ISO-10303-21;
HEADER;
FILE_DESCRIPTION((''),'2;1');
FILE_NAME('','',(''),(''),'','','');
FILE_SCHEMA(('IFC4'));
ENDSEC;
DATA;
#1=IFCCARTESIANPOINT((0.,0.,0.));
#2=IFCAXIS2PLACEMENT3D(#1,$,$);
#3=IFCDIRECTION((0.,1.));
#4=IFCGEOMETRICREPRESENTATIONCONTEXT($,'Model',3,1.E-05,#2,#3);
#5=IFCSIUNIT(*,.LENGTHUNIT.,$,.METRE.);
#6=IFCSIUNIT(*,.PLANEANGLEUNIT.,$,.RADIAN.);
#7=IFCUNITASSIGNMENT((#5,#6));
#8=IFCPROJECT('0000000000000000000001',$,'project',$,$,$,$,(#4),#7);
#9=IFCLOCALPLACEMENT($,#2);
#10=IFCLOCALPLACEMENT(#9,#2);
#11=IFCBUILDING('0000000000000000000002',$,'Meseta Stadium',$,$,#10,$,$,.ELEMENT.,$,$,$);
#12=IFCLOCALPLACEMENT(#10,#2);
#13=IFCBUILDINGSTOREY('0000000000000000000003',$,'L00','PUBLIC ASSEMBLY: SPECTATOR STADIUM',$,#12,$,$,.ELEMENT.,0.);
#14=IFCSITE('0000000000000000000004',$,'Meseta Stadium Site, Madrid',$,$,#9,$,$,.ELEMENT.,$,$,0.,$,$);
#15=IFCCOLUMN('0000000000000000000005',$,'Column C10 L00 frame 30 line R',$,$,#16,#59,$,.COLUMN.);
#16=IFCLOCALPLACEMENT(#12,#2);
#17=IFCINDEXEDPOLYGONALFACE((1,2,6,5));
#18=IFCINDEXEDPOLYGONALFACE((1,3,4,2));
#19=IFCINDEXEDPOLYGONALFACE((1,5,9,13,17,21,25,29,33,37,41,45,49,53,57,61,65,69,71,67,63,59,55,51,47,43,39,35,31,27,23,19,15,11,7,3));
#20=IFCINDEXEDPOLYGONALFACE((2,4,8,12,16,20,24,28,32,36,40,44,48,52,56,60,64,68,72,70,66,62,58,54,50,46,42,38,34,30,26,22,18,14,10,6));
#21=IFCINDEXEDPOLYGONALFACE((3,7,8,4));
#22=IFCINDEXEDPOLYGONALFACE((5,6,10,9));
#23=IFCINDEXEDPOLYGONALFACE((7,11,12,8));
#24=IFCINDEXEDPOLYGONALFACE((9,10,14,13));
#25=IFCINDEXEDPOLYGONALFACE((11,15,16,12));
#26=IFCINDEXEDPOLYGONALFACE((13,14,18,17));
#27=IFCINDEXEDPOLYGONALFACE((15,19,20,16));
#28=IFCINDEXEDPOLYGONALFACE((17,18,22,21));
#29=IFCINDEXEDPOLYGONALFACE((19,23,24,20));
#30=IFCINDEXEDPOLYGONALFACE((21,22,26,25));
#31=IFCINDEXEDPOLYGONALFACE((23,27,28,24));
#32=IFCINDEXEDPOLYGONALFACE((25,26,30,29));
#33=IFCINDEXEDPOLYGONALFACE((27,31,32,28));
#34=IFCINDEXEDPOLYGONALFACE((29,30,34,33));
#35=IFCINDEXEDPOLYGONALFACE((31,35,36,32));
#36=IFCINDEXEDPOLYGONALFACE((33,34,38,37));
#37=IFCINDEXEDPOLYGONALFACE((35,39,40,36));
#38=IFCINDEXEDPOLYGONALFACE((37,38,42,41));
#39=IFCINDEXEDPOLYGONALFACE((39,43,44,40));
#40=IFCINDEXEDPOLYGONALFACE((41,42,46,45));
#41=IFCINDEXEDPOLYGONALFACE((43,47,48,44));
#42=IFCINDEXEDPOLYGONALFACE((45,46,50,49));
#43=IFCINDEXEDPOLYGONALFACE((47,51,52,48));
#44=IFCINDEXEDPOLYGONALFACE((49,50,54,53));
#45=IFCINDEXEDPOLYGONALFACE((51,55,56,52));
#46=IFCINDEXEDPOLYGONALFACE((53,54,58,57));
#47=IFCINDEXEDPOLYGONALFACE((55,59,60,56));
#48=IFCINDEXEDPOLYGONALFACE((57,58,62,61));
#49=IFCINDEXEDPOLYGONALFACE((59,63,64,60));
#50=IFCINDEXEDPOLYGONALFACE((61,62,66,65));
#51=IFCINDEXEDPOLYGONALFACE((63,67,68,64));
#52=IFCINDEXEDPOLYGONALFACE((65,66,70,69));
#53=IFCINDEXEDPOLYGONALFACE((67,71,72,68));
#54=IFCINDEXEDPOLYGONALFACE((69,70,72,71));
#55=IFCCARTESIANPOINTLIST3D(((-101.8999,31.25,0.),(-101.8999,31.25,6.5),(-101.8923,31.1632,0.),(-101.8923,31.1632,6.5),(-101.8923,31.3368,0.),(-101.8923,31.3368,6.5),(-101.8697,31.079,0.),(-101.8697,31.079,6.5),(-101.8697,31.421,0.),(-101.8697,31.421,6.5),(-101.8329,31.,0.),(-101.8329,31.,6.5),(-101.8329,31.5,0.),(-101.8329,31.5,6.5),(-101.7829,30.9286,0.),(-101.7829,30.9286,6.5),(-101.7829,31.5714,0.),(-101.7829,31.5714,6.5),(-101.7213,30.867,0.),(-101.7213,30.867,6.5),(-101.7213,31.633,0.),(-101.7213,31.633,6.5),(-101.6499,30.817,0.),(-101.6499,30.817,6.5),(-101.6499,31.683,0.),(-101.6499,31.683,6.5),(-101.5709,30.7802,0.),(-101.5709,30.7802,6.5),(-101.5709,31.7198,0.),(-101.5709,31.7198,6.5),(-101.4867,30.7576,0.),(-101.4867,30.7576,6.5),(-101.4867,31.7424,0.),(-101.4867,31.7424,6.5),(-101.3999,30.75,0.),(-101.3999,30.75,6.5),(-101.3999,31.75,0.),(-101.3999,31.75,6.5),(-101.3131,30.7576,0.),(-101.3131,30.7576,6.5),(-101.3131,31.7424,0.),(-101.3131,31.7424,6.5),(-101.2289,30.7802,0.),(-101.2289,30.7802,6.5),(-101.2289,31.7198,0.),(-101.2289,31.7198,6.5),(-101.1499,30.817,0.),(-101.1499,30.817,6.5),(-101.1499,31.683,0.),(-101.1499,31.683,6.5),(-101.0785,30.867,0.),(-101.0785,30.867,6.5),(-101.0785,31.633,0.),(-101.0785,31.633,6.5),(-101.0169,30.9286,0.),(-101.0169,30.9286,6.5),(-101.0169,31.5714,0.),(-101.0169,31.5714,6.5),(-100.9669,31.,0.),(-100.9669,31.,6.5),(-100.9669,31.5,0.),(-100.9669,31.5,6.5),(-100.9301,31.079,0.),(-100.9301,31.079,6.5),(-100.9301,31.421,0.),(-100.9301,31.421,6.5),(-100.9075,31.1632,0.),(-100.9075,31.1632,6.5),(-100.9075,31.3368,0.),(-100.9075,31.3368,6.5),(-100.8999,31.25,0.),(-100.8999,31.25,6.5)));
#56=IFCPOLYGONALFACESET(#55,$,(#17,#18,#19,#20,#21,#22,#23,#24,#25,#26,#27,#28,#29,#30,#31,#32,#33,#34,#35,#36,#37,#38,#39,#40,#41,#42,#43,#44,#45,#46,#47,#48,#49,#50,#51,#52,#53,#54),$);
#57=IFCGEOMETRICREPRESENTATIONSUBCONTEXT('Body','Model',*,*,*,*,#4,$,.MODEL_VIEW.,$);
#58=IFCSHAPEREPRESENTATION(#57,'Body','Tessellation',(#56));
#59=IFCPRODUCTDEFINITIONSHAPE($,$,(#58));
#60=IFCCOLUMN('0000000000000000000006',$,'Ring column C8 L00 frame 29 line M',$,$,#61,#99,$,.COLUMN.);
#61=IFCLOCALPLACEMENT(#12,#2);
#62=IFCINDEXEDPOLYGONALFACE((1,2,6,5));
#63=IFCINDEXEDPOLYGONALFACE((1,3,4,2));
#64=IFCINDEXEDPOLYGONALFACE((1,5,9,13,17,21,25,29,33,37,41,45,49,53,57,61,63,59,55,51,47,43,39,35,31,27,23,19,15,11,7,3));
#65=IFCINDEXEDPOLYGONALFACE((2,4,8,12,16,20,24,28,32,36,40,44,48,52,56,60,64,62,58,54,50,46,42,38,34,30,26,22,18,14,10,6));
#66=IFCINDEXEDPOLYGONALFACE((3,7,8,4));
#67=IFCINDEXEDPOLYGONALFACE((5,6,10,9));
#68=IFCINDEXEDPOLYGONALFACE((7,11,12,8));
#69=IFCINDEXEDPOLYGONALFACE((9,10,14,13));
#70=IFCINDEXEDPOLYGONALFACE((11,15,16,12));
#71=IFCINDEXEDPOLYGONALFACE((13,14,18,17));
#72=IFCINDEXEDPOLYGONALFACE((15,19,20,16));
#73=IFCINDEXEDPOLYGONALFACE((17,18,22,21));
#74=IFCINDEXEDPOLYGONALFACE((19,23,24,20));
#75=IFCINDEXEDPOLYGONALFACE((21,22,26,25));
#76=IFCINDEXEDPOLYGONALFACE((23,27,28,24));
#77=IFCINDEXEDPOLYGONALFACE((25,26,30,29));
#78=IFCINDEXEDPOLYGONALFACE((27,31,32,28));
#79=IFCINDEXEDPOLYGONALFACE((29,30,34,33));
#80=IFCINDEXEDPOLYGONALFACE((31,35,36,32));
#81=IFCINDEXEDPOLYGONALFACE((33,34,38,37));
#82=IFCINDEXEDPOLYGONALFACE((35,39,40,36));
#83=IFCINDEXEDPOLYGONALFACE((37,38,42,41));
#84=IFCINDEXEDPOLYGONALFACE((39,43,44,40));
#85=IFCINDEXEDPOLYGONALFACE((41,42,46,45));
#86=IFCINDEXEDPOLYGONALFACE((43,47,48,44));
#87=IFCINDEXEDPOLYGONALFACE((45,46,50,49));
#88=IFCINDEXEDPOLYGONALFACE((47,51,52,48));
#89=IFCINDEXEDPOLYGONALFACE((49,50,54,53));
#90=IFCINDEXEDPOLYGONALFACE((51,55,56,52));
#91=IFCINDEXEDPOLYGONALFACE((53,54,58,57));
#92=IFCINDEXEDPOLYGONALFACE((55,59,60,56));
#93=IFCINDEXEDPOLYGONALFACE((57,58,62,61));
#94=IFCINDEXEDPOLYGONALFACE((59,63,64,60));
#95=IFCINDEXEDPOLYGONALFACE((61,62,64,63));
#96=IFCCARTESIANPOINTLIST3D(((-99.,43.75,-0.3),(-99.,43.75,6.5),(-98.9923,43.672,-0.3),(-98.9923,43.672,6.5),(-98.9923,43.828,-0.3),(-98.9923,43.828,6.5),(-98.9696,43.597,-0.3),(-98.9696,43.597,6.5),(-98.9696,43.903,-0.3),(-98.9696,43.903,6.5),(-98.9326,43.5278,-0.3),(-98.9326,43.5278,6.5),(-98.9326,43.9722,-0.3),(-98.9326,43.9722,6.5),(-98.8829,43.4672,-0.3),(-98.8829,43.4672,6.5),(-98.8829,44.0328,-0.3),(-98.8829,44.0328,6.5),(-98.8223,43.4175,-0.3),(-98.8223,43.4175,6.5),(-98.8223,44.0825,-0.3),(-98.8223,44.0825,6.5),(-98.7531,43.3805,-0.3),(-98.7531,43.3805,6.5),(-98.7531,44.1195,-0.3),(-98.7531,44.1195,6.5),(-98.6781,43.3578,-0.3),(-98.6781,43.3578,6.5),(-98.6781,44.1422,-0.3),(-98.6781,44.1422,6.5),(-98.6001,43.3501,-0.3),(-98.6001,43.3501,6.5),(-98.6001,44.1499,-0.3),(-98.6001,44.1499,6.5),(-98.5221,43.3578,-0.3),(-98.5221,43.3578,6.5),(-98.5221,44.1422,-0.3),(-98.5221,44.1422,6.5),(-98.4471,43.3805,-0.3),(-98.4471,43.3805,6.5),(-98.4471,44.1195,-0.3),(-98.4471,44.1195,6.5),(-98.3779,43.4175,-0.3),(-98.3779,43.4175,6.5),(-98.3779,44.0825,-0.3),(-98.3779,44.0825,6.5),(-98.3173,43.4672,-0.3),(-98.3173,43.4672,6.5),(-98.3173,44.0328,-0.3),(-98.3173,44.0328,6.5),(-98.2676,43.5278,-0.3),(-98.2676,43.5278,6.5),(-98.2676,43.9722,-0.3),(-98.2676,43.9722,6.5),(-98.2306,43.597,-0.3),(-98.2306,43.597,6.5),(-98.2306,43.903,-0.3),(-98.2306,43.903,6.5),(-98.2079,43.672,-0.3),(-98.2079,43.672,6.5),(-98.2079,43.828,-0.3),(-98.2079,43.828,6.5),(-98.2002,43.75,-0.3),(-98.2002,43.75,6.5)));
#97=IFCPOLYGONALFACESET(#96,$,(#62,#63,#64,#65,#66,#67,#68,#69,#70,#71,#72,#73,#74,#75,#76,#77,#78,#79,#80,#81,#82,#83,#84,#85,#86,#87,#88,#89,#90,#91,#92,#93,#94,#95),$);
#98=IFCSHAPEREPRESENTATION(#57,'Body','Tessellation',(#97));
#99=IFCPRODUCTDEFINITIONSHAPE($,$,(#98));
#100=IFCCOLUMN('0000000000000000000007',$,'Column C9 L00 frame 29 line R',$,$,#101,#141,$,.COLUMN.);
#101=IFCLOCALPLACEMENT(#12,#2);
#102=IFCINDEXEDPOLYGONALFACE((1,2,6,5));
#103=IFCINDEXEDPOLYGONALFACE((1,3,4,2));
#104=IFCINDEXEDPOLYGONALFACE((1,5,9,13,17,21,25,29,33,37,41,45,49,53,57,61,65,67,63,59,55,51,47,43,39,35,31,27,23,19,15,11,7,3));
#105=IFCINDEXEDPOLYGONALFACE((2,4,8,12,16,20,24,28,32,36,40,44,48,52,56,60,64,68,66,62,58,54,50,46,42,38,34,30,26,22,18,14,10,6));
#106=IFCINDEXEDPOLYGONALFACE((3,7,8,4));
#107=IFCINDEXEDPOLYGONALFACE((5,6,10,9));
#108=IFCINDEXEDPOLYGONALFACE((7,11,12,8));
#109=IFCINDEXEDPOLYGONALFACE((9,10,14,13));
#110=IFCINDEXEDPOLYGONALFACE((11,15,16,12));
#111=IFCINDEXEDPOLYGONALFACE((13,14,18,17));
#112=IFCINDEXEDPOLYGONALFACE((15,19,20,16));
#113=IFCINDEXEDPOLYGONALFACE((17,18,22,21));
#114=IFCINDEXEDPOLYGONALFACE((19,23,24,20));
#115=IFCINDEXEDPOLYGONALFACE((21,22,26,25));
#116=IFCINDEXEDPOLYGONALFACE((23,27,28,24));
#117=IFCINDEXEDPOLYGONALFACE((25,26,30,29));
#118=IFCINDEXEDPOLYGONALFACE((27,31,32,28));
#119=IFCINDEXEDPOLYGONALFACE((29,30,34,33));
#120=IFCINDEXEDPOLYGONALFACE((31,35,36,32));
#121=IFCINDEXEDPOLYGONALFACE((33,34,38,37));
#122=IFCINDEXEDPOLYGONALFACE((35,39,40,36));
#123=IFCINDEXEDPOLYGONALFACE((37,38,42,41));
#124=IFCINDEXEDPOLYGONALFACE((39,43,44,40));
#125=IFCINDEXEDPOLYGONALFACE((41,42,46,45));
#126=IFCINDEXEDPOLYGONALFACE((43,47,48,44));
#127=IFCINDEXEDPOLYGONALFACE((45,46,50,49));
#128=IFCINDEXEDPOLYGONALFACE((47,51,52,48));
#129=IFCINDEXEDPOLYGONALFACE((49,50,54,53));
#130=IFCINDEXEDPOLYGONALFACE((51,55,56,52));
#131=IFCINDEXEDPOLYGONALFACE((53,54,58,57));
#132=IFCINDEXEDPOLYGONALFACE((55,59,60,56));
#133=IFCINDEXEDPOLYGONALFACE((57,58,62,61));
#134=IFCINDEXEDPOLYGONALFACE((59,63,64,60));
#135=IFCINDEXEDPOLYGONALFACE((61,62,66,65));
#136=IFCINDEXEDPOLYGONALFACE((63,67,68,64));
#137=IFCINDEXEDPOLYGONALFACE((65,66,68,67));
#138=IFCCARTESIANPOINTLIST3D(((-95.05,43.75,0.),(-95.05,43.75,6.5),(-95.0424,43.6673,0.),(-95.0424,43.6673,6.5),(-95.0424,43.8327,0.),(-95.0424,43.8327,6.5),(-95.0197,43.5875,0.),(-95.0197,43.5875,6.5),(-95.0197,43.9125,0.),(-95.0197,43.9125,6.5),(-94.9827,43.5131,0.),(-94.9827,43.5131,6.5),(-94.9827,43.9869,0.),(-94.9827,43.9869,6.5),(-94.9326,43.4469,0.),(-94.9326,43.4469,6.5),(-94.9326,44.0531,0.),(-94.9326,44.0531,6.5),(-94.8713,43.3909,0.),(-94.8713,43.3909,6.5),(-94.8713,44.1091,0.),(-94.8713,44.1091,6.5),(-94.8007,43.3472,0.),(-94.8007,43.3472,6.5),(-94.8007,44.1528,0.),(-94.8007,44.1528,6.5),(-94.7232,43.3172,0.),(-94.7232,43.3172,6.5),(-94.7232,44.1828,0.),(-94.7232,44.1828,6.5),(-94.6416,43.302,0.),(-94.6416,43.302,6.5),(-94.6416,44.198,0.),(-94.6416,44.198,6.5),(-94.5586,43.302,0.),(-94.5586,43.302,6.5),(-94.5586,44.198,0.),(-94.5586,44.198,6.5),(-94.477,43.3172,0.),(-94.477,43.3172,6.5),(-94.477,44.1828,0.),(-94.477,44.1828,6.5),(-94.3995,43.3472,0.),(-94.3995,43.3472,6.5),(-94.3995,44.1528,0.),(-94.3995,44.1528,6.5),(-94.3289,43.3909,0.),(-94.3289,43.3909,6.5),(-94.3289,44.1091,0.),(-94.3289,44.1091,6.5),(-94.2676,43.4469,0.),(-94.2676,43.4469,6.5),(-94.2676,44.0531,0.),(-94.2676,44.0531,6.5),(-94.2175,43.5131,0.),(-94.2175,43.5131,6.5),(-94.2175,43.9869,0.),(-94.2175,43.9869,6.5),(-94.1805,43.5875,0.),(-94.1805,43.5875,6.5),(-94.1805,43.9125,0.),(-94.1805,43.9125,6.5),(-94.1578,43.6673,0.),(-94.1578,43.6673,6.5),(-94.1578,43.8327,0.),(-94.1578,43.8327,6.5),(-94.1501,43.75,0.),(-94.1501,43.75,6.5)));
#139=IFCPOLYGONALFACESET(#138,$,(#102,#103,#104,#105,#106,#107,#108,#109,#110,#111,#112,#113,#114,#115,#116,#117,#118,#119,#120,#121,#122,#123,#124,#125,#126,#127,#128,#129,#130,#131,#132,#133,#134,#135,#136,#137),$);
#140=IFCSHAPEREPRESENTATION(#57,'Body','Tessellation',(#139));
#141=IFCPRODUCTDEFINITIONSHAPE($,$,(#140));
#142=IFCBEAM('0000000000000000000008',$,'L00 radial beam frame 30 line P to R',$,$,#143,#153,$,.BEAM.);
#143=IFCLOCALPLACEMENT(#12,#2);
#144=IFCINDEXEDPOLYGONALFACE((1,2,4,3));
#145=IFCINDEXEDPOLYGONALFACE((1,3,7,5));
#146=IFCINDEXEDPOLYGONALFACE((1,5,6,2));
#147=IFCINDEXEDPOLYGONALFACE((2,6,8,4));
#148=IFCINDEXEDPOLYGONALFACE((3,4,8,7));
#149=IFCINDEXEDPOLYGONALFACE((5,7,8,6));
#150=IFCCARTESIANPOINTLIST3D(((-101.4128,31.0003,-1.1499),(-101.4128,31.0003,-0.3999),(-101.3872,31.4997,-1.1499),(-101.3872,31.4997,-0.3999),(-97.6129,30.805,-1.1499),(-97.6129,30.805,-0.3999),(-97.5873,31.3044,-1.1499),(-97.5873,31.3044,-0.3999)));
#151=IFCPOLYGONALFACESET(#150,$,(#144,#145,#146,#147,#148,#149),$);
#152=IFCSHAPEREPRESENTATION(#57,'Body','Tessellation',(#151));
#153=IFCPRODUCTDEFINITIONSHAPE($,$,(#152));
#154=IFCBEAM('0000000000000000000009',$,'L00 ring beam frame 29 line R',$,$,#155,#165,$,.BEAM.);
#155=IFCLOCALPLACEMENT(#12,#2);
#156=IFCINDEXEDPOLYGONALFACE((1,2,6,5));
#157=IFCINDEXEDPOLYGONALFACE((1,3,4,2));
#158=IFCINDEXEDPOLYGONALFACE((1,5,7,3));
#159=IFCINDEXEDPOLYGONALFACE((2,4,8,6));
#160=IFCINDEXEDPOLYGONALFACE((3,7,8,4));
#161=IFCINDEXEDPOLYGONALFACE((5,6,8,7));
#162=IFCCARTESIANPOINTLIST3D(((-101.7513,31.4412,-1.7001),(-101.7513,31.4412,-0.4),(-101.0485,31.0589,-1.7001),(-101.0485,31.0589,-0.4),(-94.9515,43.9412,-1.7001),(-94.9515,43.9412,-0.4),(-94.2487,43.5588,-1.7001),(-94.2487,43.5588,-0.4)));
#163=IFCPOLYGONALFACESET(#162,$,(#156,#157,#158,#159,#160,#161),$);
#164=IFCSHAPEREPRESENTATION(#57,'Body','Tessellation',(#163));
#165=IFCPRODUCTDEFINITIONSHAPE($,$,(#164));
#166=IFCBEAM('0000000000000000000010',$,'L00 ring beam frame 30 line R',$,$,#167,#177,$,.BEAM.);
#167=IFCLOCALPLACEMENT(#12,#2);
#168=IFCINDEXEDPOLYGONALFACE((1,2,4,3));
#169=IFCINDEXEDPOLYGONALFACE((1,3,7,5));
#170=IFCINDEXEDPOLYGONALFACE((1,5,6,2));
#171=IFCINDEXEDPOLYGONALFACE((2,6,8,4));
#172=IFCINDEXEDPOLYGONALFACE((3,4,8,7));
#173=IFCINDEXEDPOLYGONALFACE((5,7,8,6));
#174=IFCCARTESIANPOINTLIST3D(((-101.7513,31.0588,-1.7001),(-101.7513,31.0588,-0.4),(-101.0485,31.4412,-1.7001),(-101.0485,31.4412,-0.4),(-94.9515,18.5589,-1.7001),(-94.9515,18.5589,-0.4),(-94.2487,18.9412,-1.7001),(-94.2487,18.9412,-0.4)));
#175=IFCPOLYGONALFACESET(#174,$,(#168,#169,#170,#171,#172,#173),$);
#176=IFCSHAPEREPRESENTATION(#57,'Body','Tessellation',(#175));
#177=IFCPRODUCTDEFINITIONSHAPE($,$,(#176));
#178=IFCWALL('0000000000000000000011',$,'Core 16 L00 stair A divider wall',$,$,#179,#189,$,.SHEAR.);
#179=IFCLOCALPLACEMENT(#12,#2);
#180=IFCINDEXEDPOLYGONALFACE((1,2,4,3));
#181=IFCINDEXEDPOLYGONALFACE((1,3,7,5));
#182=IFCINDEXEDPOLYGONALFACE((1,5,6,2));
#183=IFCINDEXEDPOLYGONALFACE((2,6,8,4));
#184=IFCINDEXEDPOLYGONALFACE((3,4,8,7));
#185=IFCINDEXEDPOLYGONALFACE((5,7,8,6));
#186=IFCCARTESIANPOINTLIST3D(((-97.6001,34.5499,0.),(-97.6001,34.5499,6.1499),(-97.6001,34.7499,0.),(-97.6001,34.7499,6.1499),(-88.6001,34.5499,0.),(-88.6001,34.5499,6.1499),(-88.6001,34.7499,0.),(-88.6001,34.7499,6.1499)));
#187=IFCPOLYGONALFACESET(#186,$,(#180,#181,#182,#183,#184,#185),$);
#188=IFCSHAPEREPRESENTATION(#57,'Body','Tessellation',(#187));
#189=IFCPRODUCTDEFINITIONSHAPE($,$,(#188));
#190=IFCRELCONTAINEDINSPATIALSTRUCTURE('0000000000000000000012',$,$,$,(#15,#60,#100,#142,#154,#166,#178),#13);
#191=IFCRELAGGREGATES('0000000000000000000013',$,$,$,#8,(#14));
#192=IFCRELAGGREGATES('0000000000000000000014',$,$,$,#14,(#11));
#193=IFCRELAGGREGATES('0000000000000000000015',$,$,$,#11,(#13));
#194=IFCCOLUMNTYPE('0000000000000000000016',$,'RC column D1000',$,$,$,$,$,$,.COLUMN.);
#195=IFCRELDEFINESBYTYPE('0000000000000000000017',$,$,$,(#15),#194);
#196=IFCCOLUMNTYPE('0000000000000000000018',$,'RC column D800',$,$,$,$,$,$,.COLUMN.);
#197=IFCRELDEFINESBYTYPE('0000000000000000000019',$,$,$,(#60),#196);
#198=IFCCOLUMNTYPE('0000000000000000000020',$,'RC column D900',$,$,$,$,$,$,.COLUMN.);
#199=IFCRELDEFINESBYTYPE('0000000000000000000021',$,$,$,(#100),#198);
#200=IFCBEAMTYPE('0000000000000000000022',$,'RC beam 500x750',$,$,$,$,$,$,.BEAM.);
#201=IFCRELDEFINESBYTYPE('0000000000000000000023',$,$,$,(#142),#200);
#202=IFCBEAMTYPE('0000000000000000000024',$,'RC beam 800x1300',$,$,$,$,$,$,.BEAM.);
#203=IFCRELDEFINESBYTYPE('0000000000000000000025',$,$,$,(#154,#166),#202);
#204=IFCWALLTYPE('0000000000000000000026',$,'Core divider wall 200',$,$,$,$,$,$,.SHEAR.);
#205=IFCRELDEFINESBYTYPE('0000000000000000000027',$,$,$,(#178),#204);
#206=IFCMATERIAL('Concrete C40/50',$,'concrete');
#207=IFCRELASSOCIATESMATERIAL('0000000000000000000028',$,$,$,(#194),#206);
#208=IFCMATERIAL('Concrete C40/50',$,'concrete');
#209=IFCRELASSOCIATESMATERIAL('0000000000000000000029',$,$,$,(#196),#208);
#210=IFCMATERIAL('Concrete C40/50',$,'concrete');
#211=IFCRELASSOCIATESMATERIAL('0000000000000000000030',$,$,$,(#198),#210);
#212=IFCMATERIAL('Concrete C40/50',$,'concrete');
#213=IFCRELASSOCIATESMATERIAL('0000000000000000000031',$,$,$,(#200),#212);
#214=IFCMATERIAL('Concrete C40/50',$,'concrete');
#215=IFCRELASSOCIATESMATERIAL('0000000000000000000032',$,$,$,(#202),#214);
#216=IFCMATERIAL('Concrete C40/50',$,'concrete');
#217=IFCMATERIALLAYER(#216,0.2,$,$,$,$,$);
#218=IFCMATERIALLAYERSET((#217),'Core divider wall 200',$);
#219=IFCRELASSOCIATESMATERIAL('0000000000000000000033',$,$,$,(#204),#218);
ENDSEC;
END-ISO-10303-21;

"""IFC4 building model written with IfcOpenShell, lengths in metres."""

from ifc_helpers import new_model, si_unit, direction, frame, frame_2d, origin, origin_2d, place, context, subcontext, project, spatial, rectangle, circle, extrude, material, layer, layer_set, material_profile, profile_set, type_object, element, save


model = new_model("IFC4")

# Units and contexts
model_context = context("Model", 3, precision=1e-05, world=origin(), true_north=direction((0.0, 1.0)))
body_context = subcontext(model_context, "Body", "Model", "MODEL_VIEW")
ifc_project = project(units=[si_unit("LENGTHUNIT", "METRE"), si_unit("PLANEANGLEUNIT", "RADIAN")], contexts=[model_context])

# Site, building, storey
site_placement = place(None, origin())
site = spatial("IfcSite", under=ifc_project, at=site_placement, Name="Meseta Stadium Site, Madrid", CompositionType="ELEMENT", RefElevation=0.0)
building_placement = place(site_placement, origin())
building = spatial("IfcBuilding", under=site, at=building_placement, Name="Meseta Stadium", CompositionType="ELEMENT")
storey_placement = place(building_placement, origin())
storey = spatial("IfcBuildingStorey", under=building, at=storey_placement, Name="L00", Description="PUBLIC ASSEMBLY: SPECTATOR STADIUM", CompositionType="ELEMENT", Elevation=0.0)

# Columns
ifc_material_1 = material(Name="Concrete C40/50", Category="concrete")
ifc_material_profile_1 = material_profile(ifc_material_1, circle(Radius=0.5, at=origin_2d()), Name="RC D1000")
ifc_profile_set_1 = profile_set([ifc_material_profile_1], Name="Concrete C40/50")
column_type_1 = type_object("IfcColumnType", Name="RC column D1000", PredefinedType="COLUMN", material=ifc_profile_set_1)
column_1_placement = place(storey_placement, frame((-101.3999, 31.25, 0.0), z_axis=(0.0, 0.0, 1.0), x_axis=(1.0, 0.0, 0.0)))
element("IfcColumn", 1, at=column_1_placement, inside=storey, type_object=column_type_1, Name="Column C10 L00 frame 30 line R", PredefinedType="COLUMN", context=body_context, shape_type="SweptSolid", body=[
    extrude(circle(Radius=0.5, at=origin_2d()), origin(), (0.0, 0.0, 1.0), 6.5),
])
ifc_material_2 = material(Name="Concrete C40/50", Category="concrete")
ifc_material_profile_2 = material_profile(ifc_material_2, circle(Radius=0.3999, at=origin_2d()), Name="RC D800")
ifc_profile_set_2 = profile_set([ifc_material_profile_2], Name="Concrete C40/50")
column_type_2 = type_object("IfcColumnType", Name="RC column D800", PredefinedType="COLUMN", material=ifc_profile_set_2)
column_2_placement = place(storey_placement, frame((-98.6001, 43.75, -0.3), z_axis=(0.0, 0.0, 1.0), x_axis=(1.0, 0.0, 0.0)))
element("IfcColumn", 2, at=column_2_placement, inside=storey, type_object=column_type_2, Name="Ring column C8 L00 frame 29 line M", PredefinedType="COLUMN", context=body_context, shape_type="SweptSolid", body=[
    extrude(circle(Radius=0.3999, at=origin_2d()), origin(), (0.0, 0.0, 1.0), 6.8),
])
ifc_material_3 = material(Name="Concrete C40/50", Category="concrete")
ifc_material_profile_3 = material_profile(ifc_material_3, circle(Radius=0.45, at=origin_2d()), Name="RC D900")
ifc_profile_set_3 = profile_set([ifc_material_profile_3], Name="Concrete C40/50")
column_type_3 = type_object("IfcColumnType", Name="RC column D900", PredefinedType="COLUMN", material=ifc_profile_set_3)
column_3_placement = place(storey_placement, frame((-94.6001, 43.75, 0.0), z_axis=(0.0, 0.0, 1.0), x_axis=(1.0, 0.0, 0.0)))
element("IfcColumn", 3, at=column_3_placement, inside=storey, type_object=column_type_3, Name="Column C9 L00 frame 29 line R", PredefinedType="COLUMN", context=body_context, shape_type="SweptSolid", body=[
    extrude(circle(Radius=0.45, at=origin_2d()), origin(), (0.0, 0.0, 1.0), 6.5),
])

# Beams
ifc_material_4 = material(Name="Concrete C40/50", Category="concrete")
ifc_material_profile_4 = material_profile(ifc_material_4, rectangle(XDim=0.5, YDim=0.75, at=origin_2d()), Name="RC 500x750")
ifc_profile_set_4 = profile_set([ifc_material_profile_4], Name="Concrete C40/50")
beam_type_1 = type_object("IfcBeamType", Name="RC beam 500x750", PredefinedType="BEAM", material=ifc_profile_set_4)
beam_placement = place(storey_placement, frame((-97.6001, 31.0547, -0.7749), z_axis=(-0.998682, 0.051333, 0.0), x_axis=(-0.051333, -0.998682, 0.0)))
element("IfcBeam", 4, at=beam_placement, inside=storey, type_object=beam_type_1, Name="L00 radial beam frame 30 line P to R", PredefinedType="BEAM", context=body_context, shape_type="SweptSolid", body=[
    extrude(rectangle(XDim=0.5, YDim=0.75, at=origin_2d()), origin(), (0.0, 0.0, 1.0), 3.8049),
])
ifc_material_5 = material(Name="Concrete C40/50", Category="concrete")
ifc_material_profile_5 = material_profile(ifc_material_5, rectangle(XDim=0.8, YDim=1.3, at=origin_2d()), Name="RC 800x1300")
ifc_profile_set_5 = profile_set([ifc_material_profile_5], Name="Concrete C40/50")
beam_type_2 = type_object("IfcBeamType", Name="RC beam 800x1300", PredefinedType="BEAM", material=ifc_profile_set_5)
for number, where, z_axis, x_axis, name in (
    (5, (-94.6001, 43.75, -1.05), (-0.477856, -0.878438, 0.0), (0.878438, -0.477856, 0.0), "L00 ring beam frame 29 line R"),
    (6, (-101.3999, 31.25, -1.05), (0.477856, -0.878438, 0.0), (0.878438, 0.477856, 0.0), "L00 ring beam frame 30 line R"),
):
    element("IfcBeam", number, at=place(storey_placement, frame(where, z_axis=z_axis, x_axis=x_axis)), inside=storey, type_object=beam_type_2, Name=name, PredefinedType="BEAM", context=body_context, shape_type="SweptSolid", body=[
        extrude(rectangle(XDim=0.8, YDim=1.3, at=origin_2d()), origin(), (0.0, 0.0, 1.0), 14.2297),
    ])

# Wall
ifc_material_6 = material(Name="Concrete C40/50", Category="concrete")
ifc_layer_1 = layer(ifc_material_6, 0.2)
ifc_layer_set_1 = layer_set([ifc_layer_1], Name="Core divider wall 200")
wall_type_1 = type_object("IfcWallType", Name="Core divider wall 200", PredefinedType="SHEAR", material=ifc_layer_set_1)
wall_1_placement = place(storey_placement, frame((-97.6001, 34.6499, 0.0), z_axis=(0.0, 0.0, 1.0), x_axis=(1.0, 0.0, 0.0)))
element("IfcWall", 7, at=wall_1_placement, inside=storey, type_object=wall_type_1, Name="Core 16 L00 stair A divider wall", PredefinedType="SHEAR", context=body_context, shape_type="SweptSolid", body=[
    extrude(rectangle(XDim=9.0, YDim=0.2, at=frame_2d((4.5, 0.0))), origin(), (0.0, 0.0, 1.0), 6.1499),
])

save(model, "model.ifc")
